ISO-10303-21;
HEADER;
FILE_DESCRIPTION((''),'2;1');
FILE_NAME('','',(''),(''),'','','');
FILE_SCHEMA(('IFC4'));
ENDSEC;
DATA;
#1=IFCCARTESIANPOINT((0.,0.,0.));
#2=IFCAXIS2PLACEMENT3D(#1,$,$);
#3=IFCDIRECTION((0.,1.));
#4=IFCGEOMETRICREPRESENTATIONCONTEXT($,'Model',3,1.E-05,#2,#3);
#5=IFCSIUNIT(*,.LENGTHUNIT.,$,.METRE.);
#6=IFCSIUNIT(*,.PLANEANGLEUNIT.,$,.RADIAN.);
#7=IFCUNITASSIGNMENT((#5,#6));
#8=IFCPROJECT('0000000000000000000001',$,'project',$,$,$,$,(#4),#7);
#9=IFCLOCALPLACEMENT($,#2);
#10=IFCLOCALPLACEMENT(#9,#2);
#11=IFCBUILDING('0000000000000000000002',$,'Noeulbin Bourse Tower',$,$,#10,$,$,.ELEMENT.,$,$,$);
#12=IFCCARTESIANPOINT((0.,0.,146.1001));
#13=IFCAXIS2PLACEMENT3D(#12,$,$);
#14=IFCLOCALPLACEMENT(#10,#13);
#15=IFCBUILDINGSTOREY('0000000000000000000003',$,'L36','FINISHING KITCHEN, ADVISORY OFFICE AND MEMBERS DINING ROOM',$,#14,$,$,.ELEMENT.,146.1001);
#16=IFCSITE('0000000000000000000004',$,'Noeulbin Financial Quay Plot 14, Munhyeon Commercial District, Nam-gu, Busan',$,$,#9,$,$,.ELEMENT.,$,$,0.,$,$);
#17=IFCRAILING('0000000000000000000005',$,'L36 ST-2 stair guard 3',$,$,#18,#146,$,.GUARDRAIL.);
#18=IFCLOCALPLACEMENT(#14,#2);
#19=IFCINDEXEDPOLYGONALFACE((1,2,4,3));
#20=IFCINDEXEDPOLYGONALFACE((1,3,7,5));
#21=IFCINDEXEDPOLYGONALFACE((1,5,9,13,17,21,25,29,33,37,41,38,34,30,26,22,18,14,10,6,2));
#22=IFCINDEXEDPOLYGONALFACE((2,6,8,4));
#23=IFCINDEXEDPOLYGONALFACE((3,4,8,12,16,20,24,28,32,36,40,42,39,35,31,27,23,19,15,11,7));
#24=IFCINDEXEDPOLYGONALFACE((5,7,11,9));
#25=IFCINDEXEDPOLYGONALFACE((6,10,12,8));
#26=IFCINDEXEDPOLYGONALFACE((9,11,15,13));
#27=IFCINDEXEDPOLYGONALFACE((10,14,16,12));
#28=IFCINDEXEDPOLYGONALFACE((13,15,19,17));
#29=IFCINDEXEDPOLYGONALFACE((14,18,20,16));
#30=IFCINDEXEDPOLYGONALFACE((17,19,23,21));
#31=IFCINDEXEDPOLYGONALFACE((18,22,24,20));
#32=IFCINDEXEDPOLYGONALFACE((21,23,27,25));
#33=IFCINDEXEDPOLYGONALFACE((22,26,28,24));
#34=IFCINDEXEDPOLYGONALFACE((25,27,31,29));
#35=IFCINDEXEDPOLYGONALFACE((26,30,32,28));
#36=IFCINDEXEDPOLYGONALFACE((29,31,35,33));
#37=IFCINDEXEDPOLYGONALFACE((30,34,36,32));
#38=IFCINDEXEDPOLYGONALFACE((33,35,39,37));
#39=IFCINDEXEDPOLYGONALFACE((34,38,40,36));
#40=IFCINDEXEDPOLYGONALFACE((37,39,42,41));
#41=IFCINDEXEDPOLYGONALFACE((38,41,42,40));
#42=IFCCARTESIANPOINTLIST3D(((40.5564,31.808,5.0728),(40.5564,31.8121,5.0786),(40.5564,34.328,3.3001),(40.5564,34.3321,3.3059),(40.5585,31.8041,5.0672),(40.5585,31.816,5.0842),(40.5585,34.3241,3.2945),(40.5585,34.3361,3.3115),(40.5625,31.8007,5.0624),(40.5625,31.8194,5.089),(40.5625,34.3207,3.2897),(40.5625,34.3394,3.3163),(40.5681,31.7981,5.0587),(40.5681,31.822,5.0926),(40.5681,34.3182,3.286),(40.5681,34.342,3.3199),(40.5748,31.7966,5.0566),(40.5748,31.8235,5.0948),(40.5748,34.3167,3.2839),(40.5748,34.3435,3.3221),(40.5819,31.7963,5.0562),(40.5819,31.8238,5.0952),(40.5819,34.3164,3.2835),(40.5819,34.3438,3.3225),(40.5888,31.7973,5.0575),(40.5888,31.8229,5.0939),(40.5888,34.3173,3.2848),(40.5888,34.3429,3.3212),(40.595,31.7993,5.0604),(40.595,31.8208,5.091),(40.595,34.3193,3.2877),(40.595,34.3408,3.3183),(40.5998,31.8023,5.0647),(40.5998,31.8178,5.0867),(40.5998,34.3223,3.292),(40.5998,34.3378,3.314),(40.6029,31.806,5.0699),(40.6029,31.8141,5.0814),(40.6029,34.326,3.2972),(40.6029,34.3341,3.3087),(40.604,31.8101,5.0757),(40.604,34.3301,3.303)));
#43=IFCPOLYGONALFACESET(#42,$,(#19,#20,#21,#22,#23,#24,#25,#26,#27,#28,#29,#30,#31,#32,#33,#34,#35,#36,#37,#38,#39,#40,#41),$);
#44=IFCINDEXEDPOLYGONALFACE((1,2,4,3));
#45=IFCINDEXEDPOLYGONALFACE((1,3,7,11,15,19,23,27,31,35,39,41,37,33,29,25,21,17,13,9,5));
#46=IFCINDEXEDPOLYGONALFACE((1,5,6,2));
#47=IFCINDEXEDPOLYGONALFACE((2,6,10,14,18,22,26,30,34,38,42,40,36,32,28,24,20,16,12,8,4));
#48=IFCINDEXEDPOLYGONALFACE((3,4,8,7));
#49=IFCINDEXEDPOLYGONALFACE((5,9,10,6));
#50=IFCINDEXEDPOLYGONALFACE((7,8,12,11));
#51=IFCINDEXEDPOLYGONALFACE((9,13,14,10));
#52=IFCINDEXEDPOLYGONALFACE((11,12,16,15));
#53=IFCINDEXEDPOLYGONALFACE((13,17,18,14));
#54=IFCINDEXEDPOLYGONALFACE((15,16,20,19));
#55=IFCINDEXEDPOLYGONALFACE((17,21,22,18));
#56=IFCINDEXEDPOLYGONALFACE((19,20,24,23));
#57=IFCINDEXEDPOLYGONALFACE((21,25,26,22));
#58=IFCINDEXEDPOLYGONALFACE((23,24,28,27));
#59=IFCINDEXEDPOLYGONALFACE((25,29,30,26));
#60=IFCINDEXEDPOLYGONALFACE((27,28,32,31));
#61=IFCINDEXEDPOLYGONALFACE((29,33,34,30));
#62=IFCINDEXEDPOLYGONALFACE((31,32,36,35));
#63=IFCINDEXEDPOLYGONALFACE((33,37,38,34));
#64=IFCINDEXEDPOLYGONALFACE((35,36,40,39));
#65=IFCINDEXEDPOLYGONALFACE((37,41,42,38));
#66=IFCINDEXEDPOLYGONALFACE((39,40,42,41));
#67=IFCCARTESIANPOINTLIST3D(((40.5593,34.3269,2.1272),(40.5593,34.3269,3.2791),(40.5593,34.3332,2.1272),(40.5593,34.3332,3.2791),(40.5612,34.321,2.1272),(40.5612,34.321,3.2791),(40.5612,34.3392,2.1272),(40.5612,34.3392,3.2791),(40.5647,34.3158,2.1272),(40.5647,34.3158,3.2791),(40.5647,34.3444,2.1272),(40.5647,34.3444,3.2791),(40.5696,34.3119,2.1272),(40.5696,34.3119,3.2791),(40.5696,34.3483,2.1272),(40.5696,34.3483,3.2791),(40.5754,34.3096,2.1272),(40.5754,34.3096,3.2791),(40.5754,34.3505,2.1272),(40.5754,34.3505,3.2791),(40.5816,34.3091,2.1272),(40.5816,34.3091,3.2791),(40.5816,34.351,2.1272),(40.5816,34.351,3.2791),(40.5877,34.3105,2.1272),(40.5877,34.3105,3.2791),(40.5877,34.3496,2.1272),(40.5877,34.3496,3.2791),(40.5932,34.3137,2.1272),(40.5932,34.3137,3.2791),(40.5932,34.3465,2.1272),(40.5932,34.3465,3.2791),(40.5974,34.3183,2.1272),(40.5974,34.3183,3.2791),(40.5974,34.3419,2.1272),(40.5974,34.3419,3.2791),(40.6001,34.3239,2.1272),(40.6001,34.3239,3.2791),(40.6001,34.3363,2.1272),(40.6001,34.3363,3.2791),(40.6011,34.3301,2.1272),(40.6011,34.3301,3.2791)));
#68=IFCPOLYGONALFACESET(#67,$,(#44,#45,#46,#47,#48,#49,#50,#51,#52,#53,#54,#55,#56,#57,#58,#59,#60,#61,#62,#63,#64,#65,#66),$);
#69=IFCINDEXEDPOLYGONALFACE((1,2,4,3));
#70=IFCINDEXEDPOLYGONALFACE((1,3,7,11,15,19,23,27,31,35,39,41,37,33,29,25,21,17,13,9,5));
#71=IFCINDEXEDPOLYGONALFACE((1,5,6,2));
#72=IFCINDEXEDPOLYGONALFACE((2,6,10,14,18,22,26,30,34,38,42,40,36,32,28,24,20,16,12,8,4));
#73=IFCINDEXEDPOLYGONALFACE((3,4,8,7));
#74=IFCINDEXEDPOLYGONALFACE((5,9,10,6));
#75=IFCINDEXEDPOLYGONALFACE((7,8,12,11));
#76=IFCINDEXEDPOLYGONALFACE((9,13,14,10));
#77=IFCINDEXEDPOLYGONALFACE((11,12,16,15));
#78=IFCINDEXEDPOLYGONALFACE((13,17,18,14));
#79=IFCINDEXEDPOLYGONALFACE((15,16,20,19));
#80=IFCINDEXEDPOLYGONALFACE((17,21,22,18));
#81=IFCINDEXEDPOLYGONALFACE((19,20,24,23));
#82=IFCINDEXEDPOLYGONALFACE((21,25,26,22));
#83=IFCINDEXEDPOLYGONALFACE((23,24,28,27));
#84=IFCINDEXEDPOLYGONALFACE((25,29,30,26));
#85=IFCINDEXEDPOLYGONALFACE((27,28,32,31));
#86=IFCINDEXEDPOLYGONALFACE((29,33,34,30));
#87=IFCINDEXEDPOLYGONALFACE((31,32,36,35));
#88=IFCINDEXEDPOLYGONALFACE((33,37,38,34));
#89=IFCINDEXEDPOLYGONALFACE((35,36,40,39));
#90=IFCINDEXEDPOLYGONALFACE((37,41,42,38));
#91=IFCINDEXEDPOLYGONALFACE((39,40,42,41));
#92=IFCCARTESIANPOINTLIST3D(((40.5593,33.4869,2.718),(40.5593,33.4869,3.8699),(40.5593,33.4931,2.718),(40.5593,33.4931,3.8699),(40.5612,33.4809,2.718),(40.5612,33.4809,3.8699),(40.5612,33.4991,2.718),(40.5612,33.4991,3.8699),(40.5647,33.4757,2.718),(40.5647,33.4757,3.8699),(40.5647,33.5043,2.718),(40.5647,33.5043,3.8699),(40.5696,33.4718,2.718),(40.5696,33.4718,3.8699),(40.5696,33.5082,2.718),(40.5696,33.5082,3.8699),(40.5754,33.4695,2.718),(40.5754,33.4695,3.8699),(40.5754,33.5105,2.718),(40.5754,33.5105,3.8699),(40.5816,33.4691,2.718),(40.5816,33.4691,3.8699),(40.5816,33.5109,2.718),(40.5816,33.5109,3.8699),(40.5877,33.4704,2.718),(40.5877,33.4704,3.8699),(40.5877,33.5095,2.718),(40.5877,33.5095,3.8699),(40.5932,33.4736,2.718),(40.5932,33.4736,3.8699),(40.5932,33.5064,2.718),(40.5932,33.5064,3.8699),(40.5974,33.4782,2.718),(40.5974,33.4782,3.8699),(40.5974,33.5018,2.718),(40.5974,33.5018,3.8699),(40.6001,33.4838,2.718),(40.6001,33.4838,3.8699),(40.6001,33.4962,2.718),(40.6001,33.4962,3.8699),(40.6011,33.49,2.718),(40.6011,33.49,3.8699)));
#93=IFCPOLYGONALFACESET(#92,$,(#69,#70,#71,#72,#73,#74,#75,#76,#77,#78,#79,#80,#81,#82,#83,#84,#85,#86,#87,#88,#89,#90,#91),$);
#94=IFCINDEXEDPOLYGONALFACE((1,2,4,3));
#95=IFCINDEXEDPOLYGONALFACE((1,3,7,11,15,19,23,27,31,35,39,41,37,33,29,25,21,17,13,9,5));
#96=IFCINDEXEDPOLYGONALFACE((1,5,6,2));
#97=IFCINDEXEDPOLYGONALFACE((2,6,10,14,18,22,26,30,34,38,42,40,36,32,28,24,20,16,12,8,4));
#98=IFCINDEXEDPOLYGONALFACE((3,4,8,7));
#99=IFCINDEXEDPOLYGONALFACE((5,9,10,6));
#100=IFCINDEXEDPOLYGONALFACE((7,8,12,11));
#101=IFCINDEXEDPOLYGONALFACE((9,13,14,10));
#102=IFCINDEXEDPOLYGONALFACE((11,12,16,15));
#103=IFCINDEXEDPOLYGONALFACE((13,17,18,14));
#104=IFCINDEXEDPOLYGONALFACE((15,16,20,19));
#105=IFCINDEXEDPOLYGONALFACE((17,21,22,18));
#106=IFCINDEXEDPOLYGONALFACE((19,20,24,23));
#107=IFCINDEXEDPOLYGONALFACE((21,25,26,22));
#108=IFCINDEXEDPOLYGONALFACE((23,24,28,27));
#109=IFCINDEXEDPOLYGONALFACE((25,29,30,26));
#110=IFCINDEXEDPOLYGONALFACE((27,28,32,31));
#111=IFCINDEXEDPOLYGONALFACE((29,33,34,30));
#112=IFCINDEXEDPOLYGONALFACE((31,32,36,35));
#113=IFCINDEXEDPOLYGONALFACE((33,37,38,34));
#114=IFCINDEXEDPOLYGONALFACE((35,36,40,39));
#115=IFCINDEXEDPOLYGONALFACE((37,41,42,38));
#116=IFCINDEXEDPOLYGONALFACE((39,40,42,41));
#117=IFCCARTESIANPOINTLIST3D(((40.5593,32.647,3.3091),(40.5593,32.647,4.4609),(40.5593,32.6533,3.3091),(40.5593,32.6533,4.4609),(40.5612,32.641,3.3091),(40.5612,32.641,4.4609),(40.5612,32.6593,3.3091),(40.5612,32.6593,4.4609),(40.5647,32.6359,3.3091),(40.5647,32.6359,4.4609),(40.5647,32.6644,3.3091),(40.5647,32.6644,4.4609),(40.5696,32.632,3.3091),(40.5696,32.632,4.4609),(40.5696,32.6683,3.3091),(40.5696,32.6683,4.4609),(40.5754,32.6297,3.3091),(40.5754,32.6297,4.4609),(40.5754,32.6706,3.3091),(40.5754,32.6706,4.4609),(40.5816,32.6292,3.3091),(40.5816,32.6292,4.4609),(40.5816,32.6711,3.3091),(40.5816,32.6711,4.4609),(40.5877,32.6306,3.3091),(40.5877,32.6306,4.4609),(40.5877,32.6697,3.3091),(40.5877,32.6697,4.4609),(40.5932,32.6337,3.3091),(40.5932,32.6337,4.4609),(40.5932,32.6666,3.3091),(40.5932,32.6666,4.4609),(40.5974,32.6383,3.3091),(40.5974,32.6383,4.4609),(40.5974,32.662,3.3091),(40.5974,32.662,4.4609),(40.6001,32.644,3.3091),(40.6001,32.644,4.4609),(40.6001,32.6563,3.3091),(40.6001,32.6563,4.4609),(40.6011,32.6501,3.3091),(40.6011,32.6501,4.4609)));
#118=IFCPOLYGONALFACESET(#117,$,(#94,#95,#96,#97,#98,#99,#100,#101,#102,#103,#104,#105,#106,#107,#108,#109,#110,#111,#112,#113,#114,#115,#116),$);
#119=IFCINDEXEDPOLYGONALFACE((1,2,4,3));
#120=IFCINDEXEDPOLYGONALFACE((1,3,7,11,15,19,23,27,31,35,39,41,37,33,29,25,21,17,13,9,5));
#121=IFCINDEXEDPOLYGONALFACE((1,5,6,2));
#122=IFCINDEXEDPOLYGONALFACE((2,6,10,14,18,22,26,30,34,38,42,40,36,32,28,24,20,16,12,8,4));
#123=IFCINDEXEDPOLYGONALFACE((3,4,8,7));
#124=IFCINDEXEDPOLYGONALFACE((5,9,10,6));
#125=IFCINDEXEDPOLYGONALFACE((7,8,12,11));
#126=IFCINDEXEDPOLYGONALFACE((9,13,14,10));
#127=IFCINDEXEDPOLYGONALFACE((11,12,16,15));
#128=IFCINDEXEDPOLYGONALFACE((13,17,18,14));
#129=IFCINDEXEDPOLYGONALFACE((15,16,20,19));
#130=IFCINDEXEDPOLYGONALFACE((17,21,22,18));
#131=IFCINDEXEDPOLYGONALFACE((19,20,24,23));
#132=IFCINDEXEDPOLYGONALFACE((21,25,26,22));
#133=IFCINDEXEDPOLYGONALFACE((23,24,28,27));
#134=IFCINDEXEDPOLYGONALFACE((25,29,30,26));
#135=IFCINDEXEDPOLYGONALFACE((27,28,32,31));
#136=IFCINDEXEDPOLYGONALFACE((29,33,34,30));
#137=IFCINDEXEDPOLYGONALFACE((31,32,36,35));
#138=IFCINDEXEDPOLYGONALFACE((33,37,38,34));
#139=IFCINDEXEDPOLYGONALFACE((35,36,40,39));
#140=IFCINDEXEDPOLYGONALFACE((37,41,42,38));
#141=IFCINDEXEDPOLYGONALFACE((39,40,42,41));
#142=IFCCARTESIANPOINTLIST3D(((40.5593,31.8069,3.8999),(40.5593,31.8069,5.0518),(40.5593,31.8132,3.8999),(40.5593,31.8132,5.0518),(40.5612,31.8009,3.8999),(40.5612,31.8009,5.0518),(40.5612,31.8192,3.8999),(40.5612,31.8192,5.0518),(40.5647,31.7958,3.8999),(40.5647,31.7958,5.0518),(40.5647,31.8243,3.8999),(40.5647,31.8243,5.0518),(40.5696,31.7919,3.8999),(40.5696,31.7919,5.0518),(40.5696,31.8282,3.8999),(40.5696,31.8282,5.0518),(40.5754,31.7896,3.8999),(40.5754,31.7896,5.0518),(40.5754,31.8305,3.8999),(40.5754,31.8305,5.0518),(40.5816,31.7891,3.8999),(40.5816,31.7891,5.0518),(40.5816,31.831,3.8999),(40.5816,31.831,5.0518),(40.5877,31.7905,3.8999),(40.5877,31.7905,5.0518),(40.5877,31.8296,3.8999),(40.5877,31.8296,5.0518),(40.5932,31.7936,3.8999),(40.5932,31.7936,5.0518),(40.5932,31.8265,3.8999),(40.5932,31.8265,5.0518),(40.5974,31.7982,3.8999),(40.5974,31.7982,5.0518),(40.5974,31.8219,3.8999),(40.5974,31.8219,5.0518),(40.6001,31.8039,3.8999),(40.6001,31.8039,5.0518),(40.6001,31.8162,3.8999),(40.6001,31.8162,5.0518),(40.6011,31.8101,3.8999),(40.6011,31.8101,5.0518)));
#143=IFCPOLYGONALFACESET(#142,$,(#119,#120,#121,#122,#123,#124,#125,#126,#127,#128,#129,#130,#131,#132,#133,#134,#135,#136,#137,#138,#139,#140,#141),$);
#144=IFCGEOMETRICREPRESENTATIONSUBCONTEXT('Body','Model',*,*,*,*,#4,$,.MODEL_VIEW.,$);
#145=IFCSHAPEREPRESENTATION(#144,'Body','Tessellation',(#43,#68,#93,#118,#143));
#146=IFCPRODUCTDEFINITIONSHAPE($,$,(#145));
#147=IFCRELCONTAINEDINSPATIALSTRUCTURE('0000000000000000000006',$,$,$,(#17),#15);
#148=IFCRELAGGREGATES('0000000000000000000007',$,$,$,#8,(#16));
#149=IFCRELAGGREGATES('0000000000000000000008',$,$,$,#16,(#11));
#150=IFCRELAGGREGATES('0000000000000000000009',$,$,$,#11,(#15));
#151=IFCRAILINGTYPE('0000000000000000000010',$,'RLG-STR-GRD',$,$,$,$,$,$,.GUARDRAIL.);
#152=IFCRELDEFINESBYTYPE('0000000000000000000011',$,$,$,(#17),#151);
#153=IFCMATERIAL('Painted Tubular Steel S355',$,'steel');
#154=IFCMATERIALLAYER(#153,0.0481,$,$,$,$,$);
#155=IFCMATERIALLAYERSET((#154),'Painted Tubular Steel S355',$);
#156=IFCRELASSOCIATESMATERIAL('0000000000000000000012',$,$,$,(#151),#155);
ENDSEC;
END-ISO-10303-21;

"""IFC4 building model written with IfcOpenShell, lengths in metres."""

from ifc_helpers import new_model, si_unit, direction, frame, origin, origin_2d, place, context, subcontext, project, spatial, circle, extrude, material, layer, layer_set, type_object, element, save


model = new_model("IFC4")

# Units and contexts
model_context = context("Model", 3, precision=1e-05, world=origin(), true_north=direction((0.0, 1.0)))
body_context = subcontext(model_context, "Body", "Model", "MODEL_VIEW")
ifc_project = project(units=[si_unit("LENGTHUNIT", "METRE"), si_unit("PLANEANGLEUNIT", "RADIAN")], contexts=[model_context])

# Site, building, storey
site_placement = place(None, origin())
site = spatial("IfcSite", under=ifc_project, at=site_placement, Name="Noeulbin Financial Quay Plot 14, Munhyeon Commercial District, Nam-gu, Busan", CompositionType="ELEMENT", RefElevation=0.0)
building_placement = place(site_placement, origin())
building = spatial("IfcBuilding", under=site, at=building_placement, Name="Noeulbin Bourse Tower", CompositionType="ELEMENT")
storey_placement = place(building_placement, frame((0.0, 0.0, 146.1001)))
storey = spatial("IfcBuildingStorey", under=building, at=storey_placement, Name="L36", Description="FINISHING KITCHEN, ADVISORY OFFICE AND MEMBERS DINING ROOM", CompositionType="ELEMENT", Elevation=146.1001)

# Railing
ifc_material_1 = material(Name="Painted Tubular Steel S355", Category="steel")
ifc_layer_1 = layer(ifc_material_1, 0.0481)
ifc_layer_set_1 = layer_set([ifc_layer_1], Name="Painted Tubular Steel S355")
railing_type_1 = type_object("IfcRailingType", Name="RLG-STR-GRD", PredefinedType="GUARDRAIL", material=ifc_layer_set_1)
railing_1_placement = place(storey_placement, frame((40.5801, 34.3301, 2.1272)))
element("IfcRailing", 1, at=railing_1_placement, inside=storey, type_object=railing_type_1, Name="L36 ST-2 stair guard 3", PredefinedType="GUARDRAIL", context=body_context, shape_type="SweptSolid", body=[
    extrude(circle(Radius=0.0239, at=origin_2d()), frame((0.0, 0.0, 1.1758), z_axis=(0.0, -0.817904, 0.575354), x_axis=(1.0, 0.0, 0.0)), (0.0, 0.0, 1.0), 3.0811),
    extrude(circle(Radius=0.021, at=origin_2d()), origin(), (0.0, 0.0, 1.0), 1.1519),
    extrude(circle(Radius=0.021, at=origin_2d()), frame((0.0, -0.8401, 0.5908)), (0.0, 0.0, 1.0), 1.1519),
    extrude(circle(Radius=0.021, at=origin_2d()), frame((0.0, -1.6799, 1.1819)), (0.0, 0.0, 1.0), 1.1519),
    extrude(circle(Radius=0.021, at=origin_2d()), frame((0.0, -2.52, 1.7727)), (0.0, 0.0, 1.0), 1.1519),
])

save(model, "model.ifc")
